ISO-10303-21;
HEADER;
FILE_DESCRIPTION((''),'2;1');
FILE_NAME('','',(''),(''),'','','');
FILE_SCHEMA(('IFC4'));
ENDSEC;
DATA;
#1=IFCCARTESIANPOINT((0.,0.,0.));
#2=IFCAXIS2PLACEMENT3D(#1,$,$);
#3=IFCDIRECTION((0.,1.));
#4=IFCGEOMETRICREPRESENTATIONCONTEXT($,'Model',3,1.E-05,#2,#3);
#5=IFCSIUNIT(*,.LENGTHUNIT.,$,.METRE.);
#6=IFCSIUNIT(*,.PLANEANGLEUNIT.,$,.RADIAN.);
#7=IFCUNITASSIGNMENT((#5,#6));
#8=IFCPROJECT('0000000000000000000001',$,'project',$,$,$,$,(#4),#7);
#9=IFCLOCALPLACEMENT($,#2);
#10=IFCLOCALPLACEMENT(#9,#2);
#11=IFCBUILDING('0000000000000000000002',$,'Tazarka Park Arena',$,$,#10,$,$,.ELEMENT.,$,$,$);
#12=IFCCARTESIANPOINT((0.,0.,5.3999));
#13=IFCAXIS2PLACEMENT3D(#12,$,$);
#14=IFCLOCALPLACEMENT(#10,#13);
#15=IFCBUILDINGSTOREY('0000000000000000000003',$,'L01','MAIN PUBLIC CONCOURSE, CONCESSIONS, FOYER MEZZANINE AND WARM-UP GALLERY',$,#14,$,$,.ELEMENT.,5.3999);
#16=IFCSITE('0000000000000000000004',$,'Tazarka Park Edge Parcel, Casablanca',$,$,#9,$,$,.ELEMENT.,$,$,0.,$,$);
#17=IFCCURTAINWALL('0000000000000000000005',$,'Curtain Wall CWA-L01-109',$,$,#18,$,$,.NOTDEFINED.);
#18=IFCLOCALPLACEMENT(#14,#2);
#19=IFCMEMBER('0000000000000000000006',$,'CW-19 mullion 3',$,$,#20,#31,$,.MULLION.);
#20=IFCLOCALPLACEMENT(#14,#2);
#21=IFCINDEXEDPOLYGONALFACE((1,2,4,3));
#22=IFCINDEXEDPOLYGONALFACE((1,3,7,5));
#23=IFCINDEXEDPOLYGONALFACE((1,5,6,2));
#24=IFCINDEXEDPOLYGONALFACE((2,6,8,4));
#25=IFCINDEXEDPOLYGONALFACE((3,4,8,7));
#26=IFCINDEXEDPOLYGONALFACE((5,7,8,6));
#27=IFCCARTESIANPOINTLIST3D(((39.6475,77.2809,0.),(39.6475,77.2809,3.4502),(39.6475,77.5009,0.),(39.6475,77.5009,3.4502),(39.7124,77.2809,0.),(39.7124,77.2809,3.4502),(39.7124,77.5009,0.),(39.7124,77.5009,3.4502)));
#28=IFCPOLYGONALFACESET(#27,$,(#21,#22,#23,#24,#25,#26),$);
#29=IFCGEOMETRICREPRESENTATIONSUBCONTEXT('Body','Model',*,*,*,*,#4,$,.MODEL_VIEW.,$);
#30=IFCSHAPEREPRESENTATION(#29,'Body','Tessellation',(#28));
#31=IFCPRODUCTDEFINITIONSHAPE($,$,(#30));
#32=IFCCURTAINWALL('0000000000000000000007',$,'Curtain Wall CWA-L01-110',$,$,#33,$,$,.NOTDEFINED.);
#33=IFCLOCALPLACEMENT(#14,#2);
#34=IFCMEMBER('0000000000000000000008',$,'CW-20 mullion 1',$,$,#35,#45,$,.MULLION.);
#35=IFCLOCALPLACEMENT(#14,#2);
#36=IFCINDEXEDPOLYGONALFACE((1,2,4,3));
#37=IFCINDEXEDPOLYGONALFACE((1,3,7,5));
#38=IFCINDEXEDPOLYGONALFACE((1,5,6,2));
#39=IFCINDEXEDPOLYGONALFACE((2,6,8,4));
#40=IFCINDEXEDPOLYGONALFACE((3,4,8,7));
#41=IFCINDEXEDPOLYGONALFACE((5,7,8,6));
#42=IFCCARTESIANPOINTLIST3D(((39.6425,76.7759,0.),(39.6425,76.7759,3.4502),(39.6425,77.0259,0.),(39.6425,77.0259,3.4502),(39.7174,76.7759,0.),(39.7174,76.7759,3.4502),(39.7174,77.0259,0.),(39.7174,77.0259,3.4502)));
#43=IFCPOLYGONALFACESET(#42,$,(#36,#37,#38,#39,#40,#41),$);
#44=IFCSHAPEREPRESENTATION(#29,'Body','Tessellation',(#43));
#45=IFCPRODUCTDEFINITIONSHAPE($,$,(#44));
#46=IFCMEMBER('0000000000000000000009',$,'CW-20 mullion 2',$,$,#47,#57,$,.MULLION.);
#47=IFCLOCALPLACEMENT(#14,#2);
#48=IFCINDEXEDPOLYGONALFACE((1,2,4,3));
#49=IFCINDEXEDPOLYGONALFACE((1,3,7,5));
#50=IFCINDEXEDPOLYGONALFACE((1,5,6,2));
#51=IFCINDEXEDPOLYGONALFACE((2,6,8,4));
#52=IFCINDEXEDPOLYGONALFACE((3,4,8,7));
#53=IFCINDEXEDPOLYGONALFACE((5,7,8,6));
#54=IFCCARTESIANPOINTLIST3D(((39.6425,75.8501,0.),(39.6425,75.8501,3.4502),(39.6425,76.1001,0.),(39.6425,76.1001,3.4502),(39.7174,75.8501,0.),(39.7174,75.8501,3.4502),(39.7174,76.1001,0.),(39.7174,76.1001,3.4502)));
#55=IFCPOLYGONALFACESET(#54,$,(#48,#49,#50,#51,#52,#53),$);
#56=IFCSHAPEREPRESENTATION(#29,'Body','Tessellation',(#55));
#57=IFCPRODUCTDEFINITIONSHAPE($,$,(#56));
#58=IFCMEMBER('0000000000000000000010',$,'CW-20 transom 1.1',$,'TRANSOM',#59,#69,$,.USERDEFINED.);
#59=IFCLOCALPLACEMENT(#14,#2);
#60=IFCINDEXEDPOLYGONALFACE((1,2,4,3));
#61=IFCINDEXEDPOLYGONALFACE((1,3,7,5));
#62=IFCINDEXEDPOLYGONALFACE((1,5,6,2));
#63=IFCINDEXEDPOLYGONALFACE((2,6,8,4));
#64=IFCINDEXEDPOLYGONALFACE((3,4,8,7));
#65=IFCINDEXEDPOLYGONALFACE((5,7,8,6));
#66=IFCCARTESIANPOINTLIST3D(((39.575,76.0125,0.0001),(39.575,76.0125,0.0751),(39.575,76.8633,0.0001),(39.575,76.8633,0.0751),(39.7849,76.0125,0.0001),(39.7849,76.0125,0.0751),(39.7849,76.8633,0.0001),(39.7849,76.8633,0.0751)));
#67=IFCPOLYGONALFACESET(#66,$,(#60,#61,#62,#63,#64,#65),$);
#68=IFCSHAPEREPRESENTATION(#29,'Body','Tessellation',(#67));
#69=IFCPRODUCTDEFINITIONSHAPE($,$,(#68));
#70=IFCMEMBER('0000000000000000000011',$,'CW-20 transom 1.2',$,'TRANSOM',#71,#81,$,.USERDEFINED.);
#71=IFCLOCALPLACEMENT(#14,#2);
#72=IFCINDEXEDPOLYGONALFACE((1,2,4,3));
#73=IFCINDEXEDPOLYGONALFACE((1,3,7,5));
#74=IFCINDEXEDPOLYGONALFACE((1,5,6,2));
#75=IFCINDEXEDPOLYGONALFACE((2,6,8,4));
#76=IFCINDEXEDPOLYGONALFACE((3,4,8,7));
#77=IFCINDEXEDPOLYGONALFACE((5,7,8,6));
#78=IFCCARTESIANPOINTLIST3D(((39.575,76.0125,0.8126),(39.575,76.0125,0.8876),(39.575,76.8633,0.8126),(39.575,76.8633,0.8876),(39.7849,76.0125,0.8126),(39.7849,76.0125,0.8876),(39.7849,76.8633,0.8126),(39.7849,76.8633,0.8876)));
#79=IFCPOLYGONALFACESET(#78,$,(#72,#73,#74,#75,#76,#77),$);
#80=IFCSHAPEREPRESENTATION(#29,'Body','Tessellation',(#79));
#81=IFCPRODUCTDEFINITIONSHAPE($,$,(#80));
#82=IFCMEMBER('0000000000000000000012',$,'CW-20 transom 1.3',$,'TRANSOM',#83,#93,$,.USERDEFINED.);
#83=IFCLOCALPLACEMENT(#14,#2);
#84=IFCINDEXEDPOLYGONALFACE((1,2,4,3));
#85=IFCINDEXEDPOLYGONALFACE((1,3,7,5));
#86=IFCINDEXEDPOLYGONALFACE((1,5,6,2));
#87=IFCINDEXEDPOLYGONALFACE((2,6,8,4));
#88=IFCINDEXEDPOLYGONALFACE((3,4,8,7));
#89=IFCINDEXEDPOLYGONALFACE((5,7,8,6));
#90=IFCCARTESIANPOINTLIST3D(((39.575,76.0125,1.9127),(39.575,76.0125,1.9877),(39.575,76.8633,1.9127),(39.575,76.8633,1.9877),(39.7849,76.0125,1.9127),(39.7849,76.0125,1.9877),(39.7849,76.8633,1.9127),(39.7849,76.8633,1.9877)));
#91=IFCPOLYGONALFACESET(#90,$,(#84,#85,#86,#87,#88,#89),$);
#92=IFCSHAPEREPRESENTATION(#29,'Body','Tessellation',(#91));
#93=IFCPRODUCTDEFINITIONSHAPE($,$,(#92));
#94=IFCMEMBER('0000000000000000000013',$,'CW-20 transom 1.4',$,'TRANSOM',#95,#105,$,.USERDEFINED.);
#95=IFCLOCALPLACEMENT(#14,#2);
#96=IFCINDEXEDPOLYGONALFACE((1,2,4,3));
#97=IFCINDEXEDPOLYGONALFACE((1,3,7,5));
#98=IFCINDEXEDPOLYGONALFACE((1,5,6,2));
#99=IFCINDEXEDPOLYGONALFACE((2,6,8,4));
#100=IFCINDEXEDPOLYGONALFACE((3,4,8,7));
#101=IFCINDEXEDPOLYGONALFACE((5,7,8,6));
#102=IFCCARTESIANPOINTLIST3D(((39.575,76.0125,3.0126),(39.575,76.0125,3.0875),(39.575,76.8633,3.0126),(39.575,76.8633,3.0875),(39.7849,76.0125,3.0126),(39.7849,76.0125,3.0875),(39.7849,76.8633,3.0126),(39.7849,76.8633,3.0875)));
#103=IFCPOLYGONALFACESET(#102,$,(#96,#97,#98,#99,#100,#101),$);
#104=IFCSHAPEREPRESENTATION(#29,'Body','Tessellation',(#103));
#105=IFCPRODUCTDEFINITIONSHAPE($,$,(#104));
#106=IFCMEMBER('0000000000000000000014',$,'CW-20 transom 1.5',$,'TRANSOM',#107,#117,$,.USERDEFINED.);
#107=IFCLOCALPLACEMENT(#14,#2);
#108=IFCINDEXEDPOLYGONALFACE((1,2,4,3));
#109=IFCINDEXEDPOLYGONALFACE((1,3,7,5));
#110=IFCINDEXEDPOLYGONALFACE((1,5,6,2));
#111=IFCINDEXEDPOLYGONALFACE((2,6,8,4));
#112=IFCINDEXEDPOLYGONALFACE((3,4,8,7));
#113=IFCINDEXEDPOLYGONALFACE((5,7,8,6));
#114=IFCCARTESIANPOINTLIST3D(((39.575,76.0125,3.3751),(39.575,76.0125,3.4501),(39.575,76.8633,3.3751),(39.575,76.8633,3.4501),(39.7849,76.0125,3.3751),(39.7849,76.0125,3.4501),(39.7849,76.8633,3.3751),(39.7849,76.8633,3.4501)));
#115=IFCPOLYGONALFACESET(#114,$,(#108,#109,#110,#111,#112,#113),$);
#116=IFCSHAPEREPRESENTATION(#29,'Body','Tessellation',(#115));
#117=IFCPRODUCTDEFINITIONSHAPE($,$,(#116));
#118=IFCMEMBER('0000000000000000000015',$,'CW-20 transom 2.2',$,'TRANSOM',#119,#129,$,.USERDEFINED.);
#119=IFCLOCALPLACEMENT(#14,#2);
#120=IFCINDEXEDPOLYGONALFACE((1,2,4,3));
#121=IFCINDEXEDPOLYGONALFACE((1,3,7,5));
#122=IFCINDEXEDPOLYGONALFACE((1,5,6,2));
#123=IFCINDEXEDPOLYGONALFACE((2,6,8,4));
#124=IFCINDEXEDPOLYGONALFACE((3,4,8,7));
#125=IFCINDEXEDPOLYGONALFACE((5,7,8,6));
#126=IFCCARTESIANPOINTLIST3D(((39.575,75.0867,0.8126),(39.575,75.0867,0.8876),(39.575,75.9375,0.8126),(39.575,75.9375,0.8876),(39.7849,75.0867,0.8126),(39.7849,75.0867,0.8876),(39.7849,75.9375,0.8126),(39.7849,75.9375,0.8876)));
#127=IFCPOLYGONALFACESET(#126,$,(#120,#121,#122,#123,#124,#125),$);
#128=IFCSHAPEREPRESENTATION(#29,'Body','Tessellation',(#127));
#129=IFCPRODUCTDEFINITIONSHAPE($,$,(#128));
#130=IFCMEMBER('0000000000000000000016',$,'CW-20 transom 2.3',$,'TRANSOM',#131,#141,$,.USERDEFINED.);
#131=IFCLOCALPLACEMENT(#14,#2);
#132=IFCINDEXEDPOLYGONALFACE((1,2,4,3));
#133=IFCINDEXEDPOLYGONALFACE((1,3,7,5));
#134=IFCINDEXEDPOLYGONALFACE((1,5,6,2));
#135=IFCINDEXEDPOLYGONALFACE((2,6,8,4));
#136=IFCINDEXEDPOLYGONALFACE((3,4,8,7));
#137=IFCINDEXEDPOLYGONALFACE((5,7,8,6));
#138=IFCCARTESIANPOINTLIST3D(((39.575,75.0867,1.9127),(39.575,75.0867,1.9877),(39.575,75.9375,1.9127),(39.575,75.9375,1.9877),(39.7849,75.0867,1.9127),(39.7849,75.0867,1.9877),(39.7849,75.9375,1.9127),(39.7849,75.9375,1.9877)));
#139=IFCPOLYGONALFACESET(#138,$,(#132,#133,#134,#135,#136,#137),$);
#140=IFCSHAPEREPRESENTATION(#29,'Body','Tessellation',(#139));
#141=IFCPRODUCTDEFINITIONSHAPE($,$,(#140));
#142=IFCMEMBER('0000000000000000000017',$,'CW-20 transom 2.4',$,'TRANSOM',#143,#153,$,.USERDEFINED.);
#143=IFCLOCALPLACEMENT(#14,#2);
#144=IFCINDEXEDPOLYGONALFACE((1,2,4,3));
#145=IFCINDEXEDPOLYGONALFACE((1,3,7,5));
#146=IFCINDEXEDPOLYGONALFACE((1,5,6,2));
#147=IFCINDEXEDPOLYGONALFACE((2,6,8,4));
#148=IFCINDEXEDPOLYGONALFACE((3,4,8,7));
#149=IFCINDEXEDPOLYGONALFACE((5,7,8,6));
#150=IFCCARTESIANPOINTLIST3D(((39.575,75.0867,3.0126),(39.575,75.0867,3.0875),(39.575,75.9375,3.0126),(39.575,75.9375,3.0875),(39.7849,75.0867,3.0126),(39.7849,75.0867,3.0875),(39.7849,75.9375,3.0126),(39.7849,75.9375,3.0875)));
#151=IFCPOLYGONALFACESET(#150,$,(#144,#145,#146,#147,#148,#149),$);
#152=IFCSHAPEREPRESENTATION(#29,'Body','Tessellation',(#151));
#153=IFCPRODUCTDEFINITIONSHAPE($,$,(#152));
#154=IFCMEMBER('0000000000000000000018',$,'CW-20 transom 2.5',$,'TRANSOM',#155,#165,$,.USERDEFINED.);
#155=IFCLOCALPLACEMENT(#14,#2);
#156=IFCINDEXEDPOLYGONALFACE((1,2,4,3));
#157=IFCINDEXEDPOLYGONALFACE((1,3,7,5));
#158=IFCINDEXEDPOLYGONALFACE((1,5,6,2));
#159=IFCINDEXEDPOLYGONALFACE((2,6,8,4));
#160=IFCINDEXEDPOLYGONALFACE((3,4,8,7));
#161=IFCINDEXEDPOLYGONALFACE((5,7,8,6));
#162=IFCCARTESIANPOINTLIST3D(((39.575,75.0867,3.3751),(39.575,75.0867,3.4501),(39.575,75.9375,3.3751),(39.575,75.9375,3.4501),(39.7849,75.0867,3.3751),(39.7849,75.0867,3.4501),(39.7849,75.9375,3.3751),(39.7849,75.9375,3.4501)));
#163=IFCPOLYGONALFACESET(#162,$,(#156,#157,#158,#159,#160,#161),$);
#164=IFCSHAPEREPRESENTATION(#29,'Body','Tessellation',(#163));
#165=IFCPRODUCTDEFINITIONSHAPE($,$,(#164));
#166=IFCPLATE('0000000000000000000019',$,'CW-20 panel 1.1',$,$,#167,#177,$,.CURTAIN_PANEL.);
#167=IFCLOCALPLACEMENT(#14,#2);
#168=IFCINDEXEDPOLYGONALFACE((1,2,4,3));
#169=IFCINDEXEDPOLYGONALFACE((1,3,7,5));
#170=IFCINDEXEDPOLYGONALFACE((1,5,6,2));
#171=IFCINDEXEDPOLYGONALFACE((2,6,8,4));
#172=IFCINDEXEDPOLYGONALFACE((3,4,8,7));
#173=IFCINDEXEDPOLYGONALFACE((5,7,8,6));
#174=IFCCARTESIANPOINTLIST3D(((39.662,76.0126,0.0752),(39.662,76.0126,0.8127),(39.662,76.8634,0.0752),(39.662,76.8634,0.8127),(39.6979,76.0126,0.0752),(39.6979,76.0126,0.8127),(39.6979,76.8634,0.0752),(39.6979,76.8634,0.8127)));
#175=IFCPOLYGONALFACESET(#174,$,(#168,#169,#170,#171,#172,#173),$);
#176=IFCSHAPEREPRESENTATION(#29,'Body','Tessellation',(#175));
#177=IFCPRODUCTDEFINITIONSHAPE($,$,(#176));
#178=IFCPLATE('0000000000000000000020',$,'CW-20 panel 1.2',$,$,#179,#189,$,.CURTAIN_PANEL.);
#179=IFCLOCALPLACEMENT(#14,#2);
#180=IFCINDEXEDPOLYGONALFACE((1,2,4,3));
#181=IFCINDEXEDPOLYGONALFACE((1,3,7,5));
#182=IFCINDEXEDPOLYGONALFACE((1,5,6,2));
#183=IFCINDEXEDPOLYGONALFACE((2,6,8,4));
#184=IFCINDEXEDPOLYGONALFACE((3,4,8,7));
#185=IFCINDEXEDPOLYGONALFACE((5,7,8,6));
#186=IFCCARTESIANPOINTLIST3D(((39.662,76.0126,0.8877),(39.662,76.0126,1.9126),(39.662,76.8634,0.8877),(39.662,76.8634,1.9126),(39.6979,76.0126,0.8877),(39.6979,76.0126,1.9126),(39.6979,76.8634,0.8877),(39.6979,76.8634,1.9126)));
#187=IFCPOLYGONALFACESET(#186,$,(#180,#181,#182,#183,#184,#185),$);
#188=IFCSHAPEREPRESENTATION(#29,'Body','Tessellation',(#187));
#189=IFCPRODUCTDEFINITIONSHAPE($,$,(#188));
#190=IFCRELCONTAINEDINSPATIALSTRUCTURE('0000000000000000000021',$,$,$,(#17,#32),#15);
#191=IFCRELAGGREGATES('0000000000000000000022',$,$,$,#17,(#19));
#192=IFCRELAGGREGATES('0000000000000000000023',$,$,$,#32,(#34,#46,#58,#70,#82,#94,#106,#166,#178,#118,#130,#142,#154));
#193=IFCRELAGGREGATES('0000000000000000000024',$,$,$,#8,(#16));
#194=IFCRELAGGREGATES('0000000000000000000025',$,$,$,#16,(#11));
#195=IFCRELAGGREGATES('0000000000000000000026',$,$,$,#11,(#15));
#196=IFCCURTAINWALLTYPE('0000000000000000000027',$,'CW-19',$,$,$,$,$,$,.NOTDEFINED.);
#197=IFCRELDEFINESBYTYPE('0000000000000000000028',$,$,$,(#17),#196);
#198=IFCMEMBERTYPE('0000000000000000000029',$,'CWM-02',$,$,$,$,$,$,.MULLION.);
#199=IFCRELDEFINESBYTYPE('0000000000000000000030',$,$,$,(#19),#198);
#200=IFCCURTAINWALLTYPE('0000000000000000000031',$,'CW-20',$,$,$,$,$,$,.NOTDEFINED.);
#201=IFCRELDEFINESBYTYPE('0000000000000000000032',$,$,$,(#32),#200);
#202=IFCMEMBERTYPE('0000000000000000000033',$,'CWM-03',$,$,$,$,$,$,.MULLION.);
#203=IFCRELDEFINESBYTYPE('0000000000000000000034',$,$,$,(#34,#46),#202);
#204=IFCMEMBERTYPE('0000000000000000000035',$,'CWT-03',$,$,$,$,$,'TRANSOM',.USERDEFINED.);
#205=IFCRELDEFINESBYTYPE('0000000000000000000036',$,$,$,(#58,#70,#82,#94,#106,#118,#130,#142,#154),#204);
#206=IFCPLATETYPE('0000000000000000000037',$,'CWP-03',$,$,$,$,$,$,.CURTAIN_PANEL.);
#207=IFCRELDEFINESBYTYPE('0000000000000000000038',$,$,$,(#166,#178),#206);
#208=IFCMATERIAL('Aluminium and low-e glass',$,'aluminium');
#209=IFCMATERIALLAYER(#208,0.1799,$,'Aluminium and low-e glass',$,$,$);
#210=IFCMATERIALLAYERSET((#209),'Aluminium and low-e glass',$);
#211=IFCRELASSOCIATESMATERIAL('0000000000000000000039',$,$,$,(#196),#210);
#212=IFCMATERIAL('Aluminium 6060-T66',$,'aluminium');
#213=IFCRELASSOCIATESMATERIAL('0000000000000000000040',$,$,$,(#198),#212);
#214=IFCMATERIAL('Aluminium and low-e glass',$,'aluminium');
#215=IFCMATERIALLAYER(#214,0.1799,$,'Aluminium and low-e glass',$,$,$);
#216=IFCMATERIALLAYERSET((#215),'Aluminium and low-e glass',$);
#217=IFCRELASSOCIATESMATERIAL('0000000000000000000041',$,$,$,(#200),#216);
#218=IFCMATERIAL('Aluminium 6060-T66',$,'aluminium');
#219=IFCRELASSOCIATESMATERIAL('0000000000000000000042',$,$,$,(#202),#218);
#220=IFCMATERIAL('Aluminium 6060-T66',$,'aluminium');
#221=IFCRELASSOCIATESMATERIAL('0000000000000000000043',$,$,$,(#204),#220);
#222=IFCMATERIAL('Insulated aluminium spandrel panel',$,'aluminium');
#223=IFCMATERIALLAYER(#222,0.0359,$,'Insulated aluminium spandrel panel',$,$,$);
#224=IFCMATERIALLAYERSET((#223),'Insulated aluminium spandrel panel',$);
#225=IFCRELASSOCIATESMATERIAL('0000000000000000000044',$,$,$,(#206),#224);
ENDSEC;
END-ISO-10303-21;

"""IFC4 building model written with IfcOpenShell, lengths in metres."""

from ifc_helpers import new_model, si_unit, direction, frame, origin, origin_2d, place, context, subcontext, project, spatial, rectangle, extrude, material, layer, layer_set, material_profile, profile_set, type_object, element, aggregate, save


model = new_model("IFC4")

# Units and contexts
model_context = context("Model", 3, precision=1e-05, world=origin(), true_north=direction((0.0, 1.0)))
body_context = subcontext(model_context, "Body", "Model", "MODEL_VIEW")
ifc_project = project(units=[si_unit("LENGTHUNIT", "METRE"), si_unit("PLANEANGLEUNIT", "RADIAN")], contexts=[model_context])

# Site, building, storey
site_placement = place(None, origin())
site = spatial("IfcSite", under=ifc_project, at=site_placement, Name="Tazarka Park Edge Parcel, Casablanca", CompositionType="ELEMENT", RefElevation=0.0)
building_placement = place(site_placement, origin())
building = spatial("IfcBuilding", under=site, at=building_placement, Name="Tazarka Park Arena", CompositionType="ELEMENT")
storey_placement = place(building_placement, frame((0.0, 0.0, 5.3999)))
storey = spatial("IfcBuildingStorey", under=building, at=storey_placement, Name="L01", Description="MAIN PUBLIC CONCOURSE, CONCESSIONS, FOYER MEZZANINE AND WARM-UP GALLERY", CompositionType="ELEMENT", Elevation=5.3999)

# Curtain wall, member
ifc_material_1 = material(Name="Aluminium and low-e glass", Category="aluminium")
ifc_layer_1 = layer(ifc_material_1, 0.1799, Name="Aluminium and low-e glass")
ifc_layer_set_1 = layer_set([ifc_layer_1], Name="Aluminium and low-e glass")
curtain_wall_type_1 = type_object("IfcCurtainWallType", Name="CW-19", PredefinedType="NOTDEFINED", material=ifc_layer_set_1)
curtain_wall_1_placement = place(storey_placement, origin())
curtain_wall_1 = element("IfcCurtainWall", 1, at=curtain_wall_1_placement, inside=storey, type_object=curtain_wall_type_1, Name="Curtain Wall CWA-L01-109", PredefinedType="NOTDEFINED")
ifc_material_2 = material(Name="Aluminium 6060-T66", Category="aluminium")
ifc_material_profile_1 = material_profile(ifc_material_2, rectangle(XDim=0.0649, YDim=0.22, at=origin_2d()), Name="Aluminium 6060-T66")
ifc_profile_set_1 = profile_set([ifc_material_profile_1], Name="Aluminium 6060-T66")
member_type_1 = type_object("IfcMemberType", Name="CWM-02", PredefinedType="MULLION", material=ifc_profile_set_1)
member_1_placement = place(storey_placement, frame((39.6799, 77.3909, 0.0), z_axis=(0.0, 0.0, 1.0), x_axis=(1.0, 0.0, 0.0)))
member_1 = element("IfcMember", 2, at=member_1_placement, type_object=member_type_1, Name="CW-19 mullion 3", PredefinedType="MULLION", context=body_context, shape_type="SweptSolid", body=[
    extrude(rectangle(XDim=0.0649, YDim=0.22, at=origin_2d()), origin(), (0.0, 0.0, 1.0), 3.4502),
])
aggregate(curtain_wall_1, [member_1])

# Curtain wall, members, plates
ifc_material_3 = material(Name="Aluminium and low-e glass", Category="aluminium")
ifc_layer_2 = layer(ifc_material_3, 0.1799, Name="Aluminium and low-e glass")
ifc_layer_set_2 = layer_set([ifc_layer_2], Name="Aluminium and low-e glass")
curtain_wall_type_2 = type_object("IfcCurtainWallType", Name="CW-20", PredefinedType="NOTDEFINED", material=ifc_layer_set_2)
curtain_wall_2_placement = place(storey_placement, origin())
curtain_wall_2 = element("IfcCurtainWall", 3, at=curtain_wall_2_placement, inside=storey, type_object=curtain_wall_type_2, Name="Curtain Wall CWA-L01-110", PredefinedType="NOTDEFINED")
ifc_material_4 = material(Name="Aluminium 6060-T66", Category="aluminium")
ifc_material_profile_2 = material_profile(ifc_material_4, rectangle(XDim=0.075, YDim=0.25, at=origin_2d()), Name="Aluminium 6060-T66")
ifc_profile_set_2 = profile_set([ifc_material_profile_2], Name="Aluminium 6060-T66")
member_type_2 = type_object("IfcMemberType", Name="CWM-03", PredefinedType="MULLION", material=ifc_profile_set_2)
member_2_placement = place(storey_placement, frame((39.6799, 76.9009, 0.0), z_axis=(0.0, 0.0, 1.0), x_axis=(1.0, 0.0, 0.0)))
member_2 = element("IfcMember", 4, at=member_2_placement, type_object=member_type_2, Name="CW-20 mullion 1", PredefinedType="MULLION", context=body_context, shape_type="SweptSolid", body=[
    extrude(rectangle(XDim=0.075, YDim=0.25, at=origin_2d()), origin(), (0.0, 0.0, 1.0), 3.4502),
])
member_3_placement = place(storey_placement, frame((39.6799, 75.9751, 0.0), z_axis=(0.0, 0.0, 1.0), x_axis=(1.0, 0.0, 0.0)))
member_3 = element("IfcMember", 5, at=member_3_placement, type_object=member_type_2, Name="CW-20 mullion 2", PredefinedType="MULLION", context=body_context, shape_type="SweptSolid", body=[
    extrude(rectangle(XDim=0.075, YDim=0.25, at=origin_2d()), origin(), (0.0, 0.0, 1.0), 3.4502),
])
ifc_material_5 = material(Name="Aluminium 6060-T66", Category="aluminium")
ifc_material_profile_3 = material_profile(ifc_material_5, rectangle(XDim=0.21, YDim=0.075, at=origin_2d()), Name="Aluminium 6060-T66")
ifc_profile_set_3 = profile_set([ifc_material_profile_3], Name="Aluminium 6060-T66")
member_type_3 = type_object("IfcMemberType", Name="CWT-03", ElementType="TRANSOM", PredefinedType="USERDEFINED", material=ifc_profile_set_3)
member_4_placement = place(storey_placement, frame((39.6799, 76.8633, 0.0376), z_axis=(0.0, -1.0, 0.0), x_axis=(1.0, 0.0, 0.0)))
member_4 = element("IfcMember", 6, at=member_4_placement, type_object=member_type_3, Name="CW-20 transom 1.1", ObjectType="TRANSOM", PredefinedType="USERDEFINED", context=body_context, shape_type="SweptSolid", body=[
    extrude(rectangle(XDim=0.21, YDim=0.075, at=origin_2d()), origin(), (0.0, 0.0, 1.0), 0.8508),
])
member_5_placement = place(storey_placement, frame((39.6799, 76.8633, 0.8501), z_axis=(0.0, -1.0, 0.0), x_axis=(1.0, 0.0, 0.0)))
member_5 = element("IfcMember", 7, at=member_5_placement, type_object=member_type_3, Name="CW-20 transom 1.2", ObjectType="TRANSOM", PredefinedType="USERDEFINED", context=body_context, shape_type="SweptSolid", body=[
    extrude(rectangle(XDim=0.21, YDim=0.075, at=origin_2d()), origin(), (0.0, 0.0, 1.0), 0.8508),
])
member_6_placement = place(storey_placement, frame((39.6799, 76.8633, 1.9502), z_axis=(0.0, -1.0, 0.0), x_axis=(1.0, 0.0, 0.0)))
member_6 = element("IfcMember", 8, at=member_6_placement, type_object=member_type_3, Name="CW-20 transom 1.3", ObjectType="TRANSOM", PredefinedType="USERDEFINED", context=body_context, shape_type="SweptSolid", body=[
    extrude(rectangle(XDim=0.21, YDim=0.075, at=origin_2d()), origin(), (0.0, 0.0, 1.0), 0.8508),
])
member_7_placement = place(storey_placement, frame((39.6799, 76.8633, 3.05), z_axis=(0.0, -1.0, 0.0), x_axis=(1.0, 0.0, 0.0)))
member_7 = element("IfcMember", 9, at=member_7_placement, type_object=member_type_3, Name="CW-20 transom 1.4", ObjectType="TRANSOM", PredefinedType="USERDEFINED", context=body_context, shape_type="SweptSolid", body=[
    extrude(rectangle(XDim=0.21, YDim=0.075, at=origin_2d()), origin(), (0.0, 0.0, 1.0), 0.8508),
])
member_8_placement = place(storey_placement, frame((39.6799, 76.8633, 3.4126), z_axis=(0.0, -1.0, 0.0), x_axis=(1.0, 0.0, 0.0)))
member_8 = element("IfcMember", 10, at=member_8_placement, type_object=member_type_3, Name="CW-20 transom 1.5", ObjectType="TRANSOM", PredefinedType="USERDEFINED", context=body_context, shape_type="SweptSolid", body=[
    extrude(rectangle(XDim=0.21, YDim=0.075, at=origin_2d()), origin(), (0.0, 0.0, 1.0), 0.8508),
])
member_9_placement = place(storey_placement, frame((39.6799, 75.9375, 0.8501), z_axis=(0.0, -1.0, 0.0), x_axis=(1.0, 0.0, 0.0)))
member_9 = element("IfcMember", 11, at=member_9_placement, type_object=member_type_3, Name="CW-20 transom 2.2", ObjectType="TRANSOM", PredefinedType="USERDEFINED", context=body_context, shape_type="SweptSolid", body=[
    extrude(rectangle(XDim=0.21, YDim=0.075, at=origin_2d()), origin(), (0.0, 0.0, 1.0), 0.8508),
])
member_10_placement = place(storey_placement, frame((39.6799, 75.9375, 1.9502), z_axis=(0.0, -1.0, 0.0), x_axis=(1.0, 0.0, 0.0)))
member_10 = element("IfcMember", 12, at=member_10_placement, type_object=member_type_3, Name="CW-20 transom 2.3", ObjectType="TRANSOM", PredefinedType="USERDEFINED", context=body_context, shape_type="SweptSolid", body=[
    extrude(rectangle(XDim=0.21, YDim=0.075, at=origin_2d()), origin(), (0.0, 0.0, 1.0), 0.8508),
])
member_11_placement = place(storey_placement, frame((39.6799, 75.9375, 3.05), z_axis=(0.0, -1.0, 0.0), x_axis=(1.0, 0.0, 0.0)))
member_11 = element("IfcMember", 13, at=member_11_placement, type_object=member_type_3, Name="CW-20 transom 2.4", ObjectType="TRANSOM", PredefinedType="USERDEFINED", context=body_context, shape_type="SweptSolid", body=[
    extrude(rectangle(XDim=0.21, YDim=0.075, at=origin_2d()), origin(), (0.0, 0.0, 1.0), 0.8508),
])
member_12_placement = place(storey_placement, frame((39.6799, 75.9375, 3.4126), z_axis=(0.0, -1.0, 0.0), x_axis=(1.0, 0.0, 0.0)))
member_12 = element("IfcMember", 14, at=member_12_placement, type_object=member_type_3, Name="CW-20 transom 2.5", ObjectType="TRANSOM", PredefinedType="USERDEFINED", context=body_context, shape_type="SweptSolid", body=[
    extrude(rectangle(XDim=0.21, YDim=0.075, at=origin_2d()), origin(), (0.0, 0.0, 1.0), 0.8508),
])
ifc_material_6 = material(Name="Insulated aluminium spandrel panel", Category="aluminium")
ifc_layer_3 = layer(ifc_material_6, 0.0359, Name="Insulated aluminium spandrel panel")
ifc_layer_set_3 = layer_set([ifc_layer_3], Name="Insulated aluminium spandrel panel")
plate_type = type_object("IfcPlateType", Name="CWP-03", PredefinedType="CURTAIN_PANEL", material=ifc_layer_set_3)
plate_1_placement = place(storey_placement, frame((39.6799, 76.438, 0.0752), z_axis=(0.0, 0.0, 1.0), x_axis=(0.0, -1.0, 0.0)))
plate_1 = element("IfcPlate", 15, at=plate_1_placement, type_object=plate_type, Name="CW-20 panel 1.1", PredefinedType="CURTAIN_PANEL", context=body_context, shape_type="SweptSolid", body=[
    extrude(rectangle(XDim=0.8508, YDim=0.0359, at=origin_2d()), origin(), (0.0, 0.0, 1.0), 0.7375),
])
plate_2_placement = place(storey_placement, frame((39.6799, 76.438, 0.8877), z_axis=(0.0, 0.0, 1.0), x_axis=(0.0, -1.0, 0.0)))
plate_2 = element("IfcPlate", 16, at=plate_2_placement, type_object=plate_type, Name="CW-20 panel 1.2", PredefinedType="CURTAIN_PANEL", context=body_context, shape_type="SweptSolid", body=[
    extrude(rectangle(XDim=0.8508, YDim=0.0359, at=origin_2d()), origin(), (0.0, 0.0, 1.0), 1.0249),
])
aggregate(curtain_wall_2, [member_2, member_3, member_4, member_5, member_6, member_7, member_8, plate_1, plate_2, member_9, member_10, member_11, member_12])

save(model, "model.ifc")
